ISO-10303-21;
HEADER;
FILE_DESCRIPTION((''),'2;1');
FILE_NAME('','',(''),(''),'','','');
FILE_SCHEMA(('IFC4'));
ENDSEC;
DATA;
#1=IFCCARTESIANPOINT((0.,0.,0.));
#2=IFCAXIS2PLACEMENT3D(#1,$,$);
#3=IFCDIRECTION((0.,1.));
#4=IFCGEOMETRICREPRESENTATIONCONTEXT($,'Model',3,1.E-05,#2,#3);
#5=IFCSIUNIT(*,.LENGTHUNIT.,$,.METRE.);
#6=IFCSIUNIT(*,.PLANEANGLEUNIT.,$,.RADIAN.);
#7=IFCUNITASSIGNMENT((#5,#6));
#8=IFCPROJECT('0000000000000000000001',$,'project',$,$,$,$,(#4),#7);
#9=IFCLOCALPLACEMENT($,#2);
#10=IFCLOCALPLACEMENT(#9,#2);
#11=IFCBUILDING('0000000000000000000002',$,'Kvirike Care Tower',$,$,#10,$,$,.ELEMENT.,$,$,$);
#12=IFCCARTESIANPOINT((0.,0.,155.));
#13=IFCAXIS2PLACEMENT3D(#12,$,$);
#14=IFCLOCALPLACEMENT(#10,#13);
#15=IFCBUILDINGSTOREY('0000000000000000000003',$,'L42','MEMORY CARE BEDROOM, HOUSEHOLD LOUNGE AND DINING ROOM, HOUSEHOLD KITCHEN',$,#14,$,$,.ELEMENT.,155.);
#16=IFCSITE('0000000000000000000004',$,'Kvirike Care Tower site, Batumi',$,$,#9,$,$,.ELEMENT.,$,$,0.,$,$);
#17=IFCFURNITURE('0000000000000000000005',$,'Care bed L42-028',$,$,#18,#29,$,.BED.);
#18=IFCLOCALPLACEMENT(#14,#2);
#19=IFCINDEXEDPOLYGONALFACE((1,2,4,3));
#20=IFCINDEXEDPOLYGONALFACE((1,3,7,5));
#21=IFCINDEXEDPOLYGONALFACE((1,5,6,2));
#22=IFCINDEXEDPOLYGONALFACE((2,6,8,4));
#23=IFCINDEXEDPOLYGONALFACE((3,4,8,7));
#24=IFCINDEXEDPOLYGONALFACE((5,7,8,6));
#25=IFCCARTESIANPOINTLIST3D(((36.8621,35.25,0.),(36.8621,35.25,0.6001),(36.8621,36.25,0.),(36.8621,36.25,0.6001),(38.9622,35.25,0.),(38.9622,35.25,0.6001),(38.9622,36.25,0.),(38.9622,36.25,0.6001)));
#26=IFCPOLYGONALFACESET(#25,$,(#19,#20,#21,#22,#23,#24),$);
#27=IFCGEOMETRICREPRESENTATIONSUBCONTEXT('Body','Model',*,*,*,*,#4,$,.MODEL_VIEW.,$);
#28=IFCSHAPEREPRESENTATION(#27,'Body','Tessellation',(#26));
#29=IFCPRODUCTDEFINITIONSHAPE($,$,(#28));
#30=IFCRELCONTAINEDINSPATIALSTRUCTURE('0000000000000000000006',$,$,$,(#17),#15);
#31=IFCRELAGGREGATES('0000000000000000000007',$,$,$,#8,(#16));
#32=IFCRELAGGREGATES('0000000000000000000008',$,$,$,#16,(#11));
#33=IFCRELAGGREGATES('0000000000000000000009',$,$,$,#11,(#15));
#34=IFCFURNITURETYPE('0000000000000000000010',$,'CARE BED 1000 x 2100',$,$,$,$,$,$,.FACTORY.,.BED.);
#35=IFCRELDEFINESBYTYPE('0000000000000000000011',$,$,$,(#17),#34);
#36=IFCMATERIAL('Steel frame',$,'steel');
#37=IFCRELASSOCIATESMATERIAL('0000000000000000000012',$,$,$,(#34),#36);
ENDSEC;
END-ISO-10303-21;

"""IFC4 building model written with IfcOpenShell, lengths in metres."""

from ifc_helpers import new_model, si_unit, direction, frame, origin, origin_2d, place, context, subcontext, project, spatial, rectangle, extrude, material, type_object, element, save


model = new_model("IFC4")

# Units and contexts
model_context = context("Model", 3, precision=1e-05, world=origin(), true_north=direction((0.0, 1.0)))
body_context = subcontext(model_context, "Body", "Model", "MODEL_VIEW")
ifc_project = project(units=[si_unit("LENGTHUNIT", "METRE"), si_unit("PLANEANGLEUNIT", "RADIAN")], contexts=[model_context])

# Site, building, storey
site_placement = place(None, origin())
site = spatial("IfcSite", under=ifc_project, at=site_placement, Name="Kvirike Care Tower site, Batumi", CompositionType="ELEMENT", RefElevation=0.0)
building_placement = place(site_placement, origin())
building = spatial("IfcBuilding", under=site, at=building_placement, Name="Kvirike Care Tower", CompositionType="ELEMENT")
storey_placement = place(building_placement, frame((0.0, 0.0, 155.0)))
storey = spatial("IfcBuildingStorey", under=building, at=storey_placement, Name="L42", Description="MEMORY CARE BEDROOM, HOUSEHOLD LOUNGE AND DINING ROOM, HOUSEHOLD KITCHEN", CompositionType="ELEMENT", Elevation=155.0)

# Furniture
ifc_material_1 = material(Name="Steel frame", Category="steel")
furniture_type = type_object("IfcFurnitureType", Name="CARE BED 1000 x 2100", AssemblyPlace="FACTORY", PredefinedType="BED", material=ifc_material_1)
furniture_placement = place(storey_placement, frame((37.9121, 35.75, 0.0), z_axis=(0.0, 0.0, 1.0), x_axis=(0.0, 1.0, 0.0)))
element("IfcFurniture", 1, at=furniture_placement, inside=storey, type_object=furniture_type, Name="Care bed L42-028", PredefinedType="BED", context=body_context, shape_type="SweptSolid", body=[
    extrude(rectangle(XDim=1.0, YDim=2.1001, at=origin_2d()), origin(), (0.0, 0.0, 1.0), 0.6001),
])

save(model, "model.ifc")
